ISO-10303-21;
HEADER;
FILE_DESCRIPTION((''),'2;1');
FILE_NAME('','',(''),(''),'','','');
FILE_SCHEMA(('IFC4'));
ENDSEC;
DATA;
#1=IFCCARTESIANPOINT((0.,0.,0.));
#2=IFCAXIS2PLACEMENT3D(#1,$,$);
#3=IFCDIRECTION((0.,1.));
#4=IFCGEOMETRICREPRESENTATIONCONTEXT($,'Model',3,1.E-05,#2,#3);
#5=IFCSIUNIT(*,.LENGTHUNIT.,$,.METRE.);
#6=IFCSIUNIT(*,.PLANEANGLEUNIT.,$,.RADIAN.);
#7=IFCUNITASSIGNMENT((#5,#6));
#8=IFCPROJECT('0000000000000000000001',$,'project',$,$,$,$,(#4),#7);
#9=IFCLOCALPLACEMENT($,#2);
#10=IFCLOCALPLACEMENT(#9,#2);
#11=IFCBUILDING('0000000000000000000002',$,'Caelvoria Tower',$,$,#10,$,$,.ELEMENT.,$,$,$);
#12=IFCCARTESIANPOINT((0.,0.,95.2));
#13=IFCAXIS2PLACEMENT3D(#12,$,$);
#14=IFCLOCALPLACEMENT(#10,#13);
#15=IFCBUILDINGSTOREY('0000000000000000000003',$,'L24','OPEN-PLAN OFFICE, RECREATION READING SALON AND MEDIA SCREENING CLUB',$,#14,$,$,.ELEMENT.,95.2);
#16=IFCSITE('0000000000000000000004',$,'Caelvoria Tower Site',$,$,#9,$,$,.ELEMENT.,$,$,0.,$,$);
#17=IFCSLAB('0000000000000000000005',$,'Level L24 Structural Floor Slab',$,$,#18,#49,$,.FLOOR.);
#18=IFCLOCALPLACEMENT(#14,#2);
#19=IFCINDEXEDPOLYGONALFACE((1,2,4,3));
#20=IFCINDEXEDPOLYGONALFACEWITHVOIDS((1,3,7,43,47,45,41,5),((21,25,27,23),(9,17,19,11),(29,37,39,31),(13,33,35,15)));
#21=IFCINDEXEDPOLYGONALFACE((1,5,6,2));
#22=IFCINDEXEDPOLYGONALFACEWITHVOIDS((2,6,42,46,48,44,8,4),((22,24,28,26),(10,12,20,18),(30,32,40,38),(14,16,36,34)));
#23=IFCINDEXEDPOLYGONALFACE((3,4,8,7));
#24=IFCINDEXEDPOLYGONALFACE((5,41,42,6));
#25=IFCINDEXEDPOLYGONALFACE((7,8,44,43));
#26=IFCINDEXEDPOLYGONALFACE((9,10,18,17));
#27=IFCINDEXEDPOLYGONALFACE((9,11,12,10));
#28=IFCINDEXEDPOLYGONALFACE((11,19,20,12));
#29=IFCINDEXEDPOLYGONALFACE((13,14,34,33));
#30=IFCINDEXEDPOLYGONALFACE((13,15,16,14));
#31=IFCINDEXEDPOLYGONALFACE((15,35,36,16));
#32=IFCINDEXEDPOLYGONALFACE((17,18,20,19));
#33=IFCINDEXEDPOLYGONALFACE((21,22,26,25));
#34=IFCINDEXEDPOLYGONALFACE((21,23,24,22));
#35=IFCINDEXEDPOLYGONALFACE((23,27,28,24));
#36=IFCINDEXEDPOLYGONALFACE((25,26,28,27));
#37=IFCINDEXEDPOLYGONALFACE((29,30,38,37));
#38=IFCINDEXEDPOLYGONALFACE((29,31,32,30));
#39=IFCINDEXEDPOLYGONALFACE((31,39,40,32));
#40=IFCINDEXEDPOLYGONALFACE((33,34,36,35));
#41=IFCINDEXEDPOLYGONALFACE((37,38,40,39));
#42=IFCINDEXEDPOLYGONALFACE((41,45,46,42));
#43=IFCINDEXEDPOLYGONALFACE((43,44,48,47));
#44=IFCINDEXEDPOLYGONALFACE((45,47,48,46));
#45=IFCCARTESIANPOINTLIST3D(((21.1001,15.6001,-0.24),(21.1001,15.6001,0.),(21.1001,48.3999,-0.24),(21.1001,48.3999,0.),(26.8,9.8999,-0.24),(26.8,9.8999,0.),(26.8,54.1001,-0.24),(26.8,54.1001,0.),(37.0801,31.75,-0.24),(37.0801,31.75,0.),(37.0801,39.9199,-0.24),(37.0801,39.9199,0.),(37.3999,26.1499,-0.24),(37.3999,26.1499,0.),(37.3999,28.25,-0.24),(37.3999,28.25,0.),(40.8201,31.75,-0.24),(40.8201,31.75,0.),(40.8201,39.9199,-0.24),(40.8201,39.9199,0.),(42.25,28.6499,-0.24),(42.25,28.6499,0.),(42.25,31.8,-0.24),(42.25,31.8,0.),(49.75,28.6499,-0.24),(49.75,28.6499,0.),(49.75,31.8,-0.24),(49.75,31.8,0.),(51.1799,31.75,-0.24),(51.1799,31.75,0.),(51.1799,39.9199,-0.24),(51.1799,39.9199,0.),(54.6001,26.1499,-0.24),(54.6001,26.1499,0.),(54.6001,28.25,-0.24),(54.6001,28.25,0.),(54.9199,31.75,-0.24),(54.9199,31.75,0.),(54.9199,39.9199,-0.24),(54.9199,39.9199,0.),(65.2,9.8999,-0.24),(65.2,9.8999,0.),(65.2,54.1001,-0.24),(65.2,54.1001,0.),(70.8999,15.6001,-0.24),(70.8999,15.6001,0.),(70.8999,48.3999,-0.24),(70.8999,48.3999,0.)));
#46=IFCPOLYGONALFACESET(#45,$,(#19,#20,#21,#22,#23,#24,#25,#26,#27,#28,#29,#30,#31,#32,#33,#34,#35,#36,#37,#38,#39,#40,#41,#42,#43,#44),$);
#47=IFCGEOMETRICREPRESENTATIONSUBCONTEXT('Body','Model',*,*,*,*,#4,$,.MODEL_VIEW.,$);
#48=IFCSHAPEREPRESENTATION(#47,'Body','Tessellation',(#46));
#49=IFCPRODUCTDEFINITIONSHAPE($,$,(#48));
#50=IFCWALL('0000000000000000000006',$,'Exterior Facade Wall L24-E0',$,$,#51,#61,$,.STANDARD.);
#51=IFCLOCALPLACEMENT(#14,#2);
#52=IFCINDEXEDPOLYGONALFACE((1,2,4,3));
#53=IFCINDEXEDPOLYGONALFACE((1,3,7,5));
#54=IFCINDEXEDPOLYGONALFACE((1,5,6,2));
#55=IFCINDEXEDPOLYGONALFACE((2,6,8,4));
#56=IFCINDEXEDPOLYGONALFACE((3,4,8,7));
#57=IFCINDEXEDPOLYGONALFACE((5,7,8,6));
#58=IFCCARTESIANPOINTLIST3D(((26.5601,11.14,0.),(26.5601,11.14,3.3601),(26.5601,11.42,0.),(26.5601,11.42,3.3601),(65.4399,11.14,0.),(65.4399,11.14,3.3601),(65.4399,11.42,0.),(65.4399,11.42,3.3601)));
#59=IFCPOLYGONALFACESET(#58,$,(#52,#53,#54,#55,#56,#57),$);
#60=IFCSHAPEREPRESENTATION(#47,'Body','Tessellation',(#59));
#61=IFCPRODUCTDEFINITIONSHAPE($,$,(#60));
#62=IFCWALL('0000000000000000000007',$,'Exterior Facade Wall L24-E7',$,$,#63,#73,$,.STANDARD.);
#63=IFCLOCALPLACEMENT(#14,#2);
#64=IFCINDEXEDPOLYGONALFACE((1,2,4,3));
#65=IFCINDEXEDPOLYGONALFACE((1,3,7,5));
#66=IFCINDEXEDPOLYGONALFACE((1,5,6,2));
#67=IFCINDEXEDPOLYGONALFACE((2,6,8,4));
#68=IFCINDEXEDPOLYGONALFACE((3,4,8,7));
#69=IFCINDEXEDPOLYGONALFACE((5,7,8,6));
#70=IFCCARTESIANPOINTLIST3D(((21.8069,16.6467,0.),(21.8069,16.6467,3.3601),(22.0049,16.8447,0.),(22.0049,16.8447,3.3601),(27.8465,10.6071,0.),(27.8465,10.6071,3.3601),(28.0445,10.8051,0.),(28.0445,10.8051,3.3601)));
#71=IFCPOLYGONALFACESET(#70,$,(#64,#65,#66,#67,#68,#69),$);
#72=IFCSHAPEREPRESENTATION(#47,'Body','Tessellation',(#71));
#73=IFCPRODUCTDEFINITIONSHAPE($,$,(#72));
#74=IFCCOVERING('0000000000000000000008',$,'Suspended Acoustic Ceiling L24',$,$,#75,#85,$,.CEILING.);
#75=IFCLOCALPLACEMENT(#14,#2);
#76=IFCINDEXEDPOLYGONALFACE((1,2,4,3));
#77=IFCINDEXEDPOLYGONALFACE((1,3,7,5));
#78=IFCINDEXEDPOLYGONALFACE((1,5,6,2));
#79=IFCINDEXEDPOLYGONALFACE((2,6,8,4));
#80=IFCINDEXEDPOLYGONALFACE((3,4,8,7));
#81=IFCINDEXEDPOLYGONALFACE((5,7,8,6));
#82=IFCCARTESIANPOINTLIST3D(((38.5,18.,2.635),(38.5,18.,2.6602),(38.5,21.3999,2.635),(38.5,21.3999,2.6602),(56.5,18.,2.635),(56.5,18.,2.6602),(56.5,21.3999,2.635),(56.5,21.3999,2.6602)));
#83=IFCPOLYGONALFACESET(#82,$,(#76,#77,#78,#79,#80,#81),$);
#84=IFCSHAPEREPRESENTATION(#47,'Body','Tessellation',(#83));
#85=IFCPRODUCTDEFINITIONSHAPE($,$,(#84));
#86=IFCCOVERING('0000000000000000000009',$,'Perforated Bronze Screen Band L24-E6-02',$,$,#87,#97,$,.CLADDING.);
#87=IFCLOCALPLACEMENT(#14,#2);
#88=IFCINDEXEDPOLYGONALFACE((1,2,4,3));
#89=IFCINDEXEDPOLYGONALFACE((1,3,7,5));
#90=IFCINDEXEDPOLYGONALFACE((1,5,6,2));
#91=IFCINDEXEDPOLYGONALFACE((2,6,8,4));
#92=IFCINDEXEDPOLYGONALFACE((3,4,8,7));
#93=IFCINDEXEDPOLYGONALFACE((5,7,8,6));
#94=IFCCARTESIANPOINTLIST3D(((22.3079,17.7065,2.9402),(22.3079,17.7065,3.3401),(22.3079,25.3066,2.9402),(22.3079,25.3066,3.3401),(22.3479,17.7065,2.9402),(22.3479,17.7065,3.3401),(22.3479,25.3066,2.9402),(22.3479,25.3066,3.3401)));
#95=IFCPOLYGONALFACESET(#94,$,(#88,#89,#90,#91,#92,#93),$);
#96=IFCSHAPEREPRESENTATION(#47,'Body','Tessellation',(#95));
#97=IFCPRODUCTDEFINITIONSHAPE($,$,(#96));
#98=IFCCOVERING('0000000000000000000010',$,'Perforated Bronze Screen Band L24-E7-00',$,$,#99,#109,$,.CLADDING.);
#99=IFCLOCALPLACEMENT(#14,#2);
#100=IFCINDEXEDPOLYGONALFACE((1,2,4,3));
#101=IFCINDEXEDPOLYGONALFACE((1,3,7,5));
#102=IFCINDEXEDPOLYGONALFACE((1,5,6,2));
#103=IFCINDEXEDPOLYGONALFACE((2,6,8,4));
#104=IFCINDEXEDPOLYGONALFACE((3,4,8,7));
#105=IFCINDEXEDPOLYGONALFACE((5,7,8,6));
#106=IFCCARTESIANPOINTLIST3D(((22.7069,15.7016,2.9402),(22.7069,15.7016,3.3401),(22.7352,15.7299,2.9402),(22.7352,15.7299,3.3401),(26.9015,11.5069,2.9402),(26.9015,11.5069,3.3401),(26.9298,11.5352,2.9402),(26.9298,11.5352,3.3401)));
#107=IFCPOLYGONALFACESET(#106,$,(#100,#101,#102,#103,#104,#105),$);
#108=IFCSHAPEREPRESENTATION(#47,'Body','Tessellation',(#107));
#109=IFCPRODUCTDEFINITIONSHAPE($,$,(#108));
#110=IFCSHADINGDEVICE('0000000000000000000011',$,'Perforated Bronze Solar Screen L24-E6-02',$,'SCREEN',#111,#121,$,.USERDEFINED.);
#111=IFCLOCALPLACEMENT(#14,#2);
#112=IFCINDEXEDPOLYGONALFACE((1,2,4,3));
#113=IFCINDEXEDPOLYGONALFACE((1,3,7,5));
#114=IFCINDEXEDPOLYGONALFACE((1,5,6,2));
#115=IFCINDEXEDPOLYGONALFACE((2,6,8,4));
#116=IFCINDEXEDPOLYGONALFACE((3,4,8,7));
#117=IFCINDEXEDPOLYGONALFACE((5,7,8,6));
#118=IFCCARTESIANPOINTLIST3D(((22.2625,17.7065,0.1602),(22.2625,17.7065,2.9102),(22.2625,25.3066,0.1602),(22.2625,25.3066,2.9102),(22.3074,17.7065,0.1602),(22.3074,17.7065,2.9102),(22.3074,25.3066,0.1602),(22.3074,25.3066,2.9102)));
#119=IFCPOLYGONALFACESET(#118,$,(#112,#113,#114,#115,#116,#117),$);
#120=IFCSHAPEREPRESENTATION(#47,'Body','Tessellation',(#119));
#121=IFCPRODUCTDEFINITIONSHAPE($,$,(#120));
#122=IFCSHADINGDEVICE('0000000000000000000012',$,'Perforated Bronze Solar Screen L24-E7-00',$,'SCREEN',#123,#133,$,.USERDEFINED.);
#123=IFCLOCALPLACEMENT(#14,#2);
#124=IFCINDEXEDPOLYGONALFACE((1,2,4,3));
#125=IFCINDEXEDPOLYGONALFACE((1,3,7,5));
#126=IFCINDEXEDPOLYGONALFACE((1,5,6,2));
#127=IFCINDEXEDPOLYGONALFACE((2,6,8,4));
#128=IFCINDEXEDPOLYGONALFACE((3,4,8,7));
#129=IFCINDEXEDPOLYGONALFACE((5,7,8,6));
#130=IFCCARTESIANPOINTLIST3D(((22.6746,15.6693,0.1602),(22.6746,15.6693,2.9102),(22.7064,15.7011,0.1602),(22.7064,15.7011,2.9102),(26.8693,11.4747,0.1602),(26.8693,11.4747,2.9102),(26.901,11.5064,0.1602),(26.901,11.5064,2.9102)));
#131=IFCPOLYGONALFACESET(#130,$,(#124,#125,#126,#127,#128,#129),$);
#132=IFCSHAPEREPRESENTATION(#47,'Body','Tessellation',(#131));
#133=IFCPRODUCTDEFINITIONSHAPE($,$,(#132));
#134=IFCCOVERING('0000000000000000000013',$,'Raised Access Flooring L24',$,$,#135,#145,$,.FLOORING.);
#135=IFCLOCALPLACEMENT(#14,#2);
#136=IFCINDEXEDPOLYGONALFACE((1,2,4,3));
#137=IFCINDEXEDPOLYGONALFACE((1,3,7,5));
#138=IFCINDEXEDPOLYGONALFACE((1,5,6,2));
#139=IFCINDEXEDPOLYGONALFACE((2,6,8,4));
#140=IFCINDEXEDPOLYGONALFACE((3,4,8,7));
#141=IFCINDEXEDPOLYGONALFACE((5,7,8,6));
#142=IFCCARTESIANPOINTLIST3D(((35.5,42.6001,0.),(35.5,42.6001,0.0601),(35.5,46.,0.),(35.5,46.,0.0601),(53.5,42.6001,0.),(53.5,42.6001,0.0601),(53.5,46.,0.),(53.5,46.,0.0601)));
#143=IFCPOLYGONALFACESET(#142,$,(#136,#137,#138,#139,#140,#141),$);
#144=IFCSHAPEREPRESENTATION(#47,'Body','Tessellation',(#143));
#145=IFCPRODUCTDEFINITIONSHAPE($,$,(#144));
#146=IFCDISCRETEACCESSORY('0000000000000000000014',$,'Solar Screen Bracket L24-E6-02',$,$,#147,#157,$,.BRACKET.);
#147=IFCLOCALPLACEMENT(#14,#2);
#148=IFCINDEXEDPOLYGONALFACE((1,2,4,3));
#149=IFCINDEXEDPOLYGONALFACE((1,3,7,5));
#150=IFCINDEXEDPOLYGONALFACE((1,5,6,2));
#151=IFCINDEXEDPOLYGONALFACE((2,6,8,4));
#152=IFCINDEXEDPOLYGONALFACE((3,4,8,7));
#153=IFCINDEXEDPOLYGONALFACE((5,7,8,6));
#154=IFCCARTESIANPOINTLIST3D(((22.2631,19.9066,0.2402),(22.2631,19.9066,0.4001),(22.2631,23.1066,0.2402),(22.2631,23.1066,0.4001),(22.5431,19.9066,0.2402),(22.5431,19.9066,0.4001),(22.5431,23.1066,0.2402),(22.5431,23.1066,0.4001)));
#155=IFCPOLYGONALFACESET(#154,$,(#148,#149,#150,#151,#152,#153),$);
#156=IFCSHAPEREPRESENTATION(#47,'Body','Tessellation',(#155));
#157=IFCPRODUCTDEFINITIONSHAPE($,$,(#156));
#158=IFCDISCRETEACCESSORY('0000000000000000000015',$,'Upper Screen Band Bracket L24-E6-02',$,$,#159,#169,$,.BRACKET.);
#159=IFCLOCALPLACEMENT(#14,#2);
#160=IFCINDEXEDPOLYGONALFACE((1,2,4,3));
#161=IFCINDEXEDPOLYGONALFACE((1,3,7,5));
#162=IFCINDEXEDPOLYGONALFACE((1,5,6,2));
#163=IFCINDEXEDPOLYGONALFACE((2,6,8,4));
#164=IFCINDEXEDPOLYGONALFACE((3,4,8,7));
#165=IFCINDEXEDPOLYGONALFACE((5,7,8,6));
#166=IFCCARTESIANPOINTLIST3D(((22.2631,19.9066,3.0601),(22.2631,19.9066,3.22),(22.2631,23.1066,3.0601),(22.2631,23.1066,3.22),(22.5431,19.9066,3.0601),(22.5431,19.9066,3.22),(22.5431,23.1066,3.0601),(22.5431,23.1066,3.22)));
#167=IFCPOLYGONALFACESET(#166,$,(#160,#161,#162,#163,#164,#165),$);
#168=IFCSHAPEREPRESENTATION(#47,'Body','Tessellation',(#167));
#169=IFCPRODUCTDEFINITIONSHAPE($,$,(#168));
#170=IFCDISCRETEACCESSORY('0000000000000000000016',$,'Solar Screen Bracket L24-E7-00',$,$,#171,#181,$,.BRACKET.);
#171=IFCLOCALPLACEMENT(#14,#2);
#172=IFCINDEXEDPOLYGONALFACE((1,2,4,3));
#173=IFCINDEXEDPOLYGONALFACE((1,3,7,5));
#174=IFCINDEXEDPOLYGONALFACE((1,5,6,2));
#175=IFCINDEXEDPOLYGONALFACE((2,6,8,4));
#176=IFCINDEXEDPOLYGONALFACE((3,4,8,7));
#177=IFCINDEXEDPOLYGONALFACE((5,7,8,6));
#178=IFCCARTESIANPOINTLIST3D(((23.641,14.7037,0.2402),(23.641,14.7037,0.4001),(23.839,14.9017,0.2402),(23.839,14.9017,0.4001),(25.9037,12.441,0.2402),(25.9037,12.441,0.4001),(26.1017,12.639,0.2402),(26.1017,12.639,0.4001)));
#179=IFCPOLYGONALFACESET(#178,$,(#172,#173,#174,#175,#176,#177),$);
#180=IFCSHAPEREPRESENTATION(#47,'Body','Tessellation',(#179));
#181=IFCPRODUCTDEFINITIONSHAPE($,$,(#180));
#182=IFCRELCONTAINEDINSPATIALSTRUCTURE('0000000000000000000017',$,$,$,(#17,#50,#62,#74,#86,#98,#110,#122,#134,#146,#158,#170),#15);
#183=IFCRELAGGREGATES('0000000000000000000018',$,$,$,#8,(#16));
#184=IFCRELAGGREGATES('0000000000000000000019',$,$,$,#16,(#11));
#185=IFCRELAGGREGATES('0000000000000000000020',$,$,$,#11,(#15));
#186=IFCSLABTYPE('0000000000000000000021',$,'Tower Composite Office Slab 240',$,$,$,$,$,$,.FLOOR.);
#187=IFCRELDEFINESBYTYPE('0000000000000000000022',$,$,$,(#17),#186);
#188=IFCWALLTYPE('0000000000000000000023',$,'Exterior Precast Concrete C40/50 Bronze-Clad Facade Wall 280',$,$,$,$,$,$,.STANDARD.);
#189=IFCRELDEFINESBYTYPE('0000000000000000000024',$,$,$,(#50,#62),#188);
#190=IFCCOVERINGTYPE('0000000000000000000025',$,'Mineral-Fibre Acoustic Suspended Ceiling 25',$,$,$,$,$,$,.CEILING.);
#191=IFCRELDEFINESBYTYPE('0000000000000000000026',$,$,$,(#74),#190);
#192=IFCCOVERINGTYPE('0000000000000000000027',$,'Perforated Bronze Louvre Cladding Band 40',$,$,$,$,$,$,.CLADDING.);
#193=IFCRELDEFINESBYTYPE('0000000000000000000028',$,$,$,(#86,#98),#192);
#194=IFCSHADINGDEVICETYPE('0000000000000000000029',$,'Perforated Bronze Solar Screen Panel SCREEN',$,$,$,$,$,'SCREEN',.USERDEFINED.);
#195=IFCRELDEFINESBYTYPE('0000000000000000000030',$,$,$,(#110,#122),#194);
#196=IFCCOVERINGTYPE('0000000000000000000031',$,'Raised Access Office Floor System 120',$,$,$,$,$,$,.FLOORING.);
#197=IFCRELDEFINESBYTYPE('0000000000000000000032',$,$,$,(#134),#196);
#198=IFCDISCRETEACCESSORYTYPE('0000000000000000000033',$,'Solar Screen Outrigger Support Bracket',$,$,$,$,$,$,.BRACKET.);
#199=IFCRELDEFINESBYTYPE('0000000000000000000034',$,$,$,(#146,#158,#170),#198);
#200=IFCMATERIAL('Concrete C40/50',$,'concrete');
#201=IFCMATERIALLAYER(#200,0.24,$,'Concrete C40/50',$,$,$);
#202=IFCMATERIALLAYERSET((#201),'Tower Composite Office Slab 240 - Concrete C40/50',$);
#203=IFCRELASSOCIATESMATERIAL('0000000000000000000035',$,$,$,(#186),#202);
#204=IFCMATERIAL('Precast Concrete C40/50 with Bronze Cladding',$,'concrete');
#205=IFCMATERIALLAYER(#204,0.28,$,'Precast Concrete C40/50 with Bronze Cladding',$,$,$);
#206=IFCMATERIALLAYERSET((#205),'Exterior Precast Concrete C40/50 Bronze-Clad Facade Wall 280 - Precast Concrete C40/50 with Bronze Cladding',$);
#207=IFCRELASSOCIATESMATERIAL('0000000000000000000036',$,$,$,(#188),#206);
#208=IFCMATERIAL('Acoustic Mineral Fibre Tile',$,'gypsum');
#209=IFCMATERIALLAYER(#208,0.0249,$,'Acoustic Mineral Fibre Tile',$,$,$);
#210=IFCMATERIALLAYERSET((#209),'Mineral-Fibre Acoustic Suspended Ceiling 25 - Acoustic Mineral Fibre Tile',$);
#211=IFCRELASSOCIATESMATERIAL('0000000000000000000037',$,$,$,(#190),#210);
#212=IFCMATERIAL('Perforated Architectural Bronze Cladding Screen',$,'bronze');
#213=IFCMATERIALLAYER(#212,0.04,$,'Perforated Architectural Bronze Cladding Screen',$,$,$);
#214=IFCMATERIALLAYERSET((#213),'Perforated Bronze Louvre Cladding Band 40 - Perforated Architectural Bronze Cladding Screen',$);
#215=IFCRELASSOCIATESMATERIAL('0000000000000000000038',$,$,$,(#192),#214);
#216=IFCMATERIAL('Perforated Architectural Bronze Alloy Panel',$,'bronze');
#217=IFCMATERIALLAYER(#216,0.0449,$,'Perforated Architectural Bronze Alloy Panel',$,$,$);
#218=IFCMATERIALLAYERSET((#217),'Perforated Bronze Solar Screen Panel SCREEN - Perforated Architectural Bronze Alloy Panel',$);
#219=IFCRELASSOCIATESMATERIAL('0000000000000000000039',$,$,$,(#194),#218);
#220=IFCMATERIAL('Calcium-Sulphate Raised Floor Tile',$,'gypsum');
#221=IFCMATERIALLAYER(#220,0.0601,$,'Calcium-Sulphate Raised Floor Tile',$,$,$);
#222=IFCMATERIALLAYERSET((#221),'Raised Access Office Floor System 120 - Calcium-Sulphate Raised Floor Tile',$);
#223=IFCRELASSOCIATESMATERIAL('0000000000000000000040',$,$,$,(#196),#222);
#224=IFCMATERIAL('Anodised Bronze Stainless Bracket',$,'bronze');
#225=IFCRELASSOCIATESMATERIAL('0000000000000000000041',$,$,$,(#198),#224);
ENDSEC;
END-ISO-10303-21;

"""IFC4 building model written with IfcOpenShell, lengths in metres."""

from ifc_helpers import new_model, si_unit, direction, frame, frame_2d, origin, origin_2d, place, context, subcontext, project, spatial, polyline, rectangle, outline, extrude, material, layer, layer_set, type_object, element, save


model = new_model("IFC4")

# Units and contexts
model_context = context("Model", 3, precision=1e-05, world=origin(), true_north=direction((0.0, 1.0)))
body_context = subcontext(model_context, "Body", "Model", "MODEL_VIEW")
ifc_project = project(units=[si_unit("LENGTHUNIT", "METRE"), si_unit("PLANEANGLEUNIT", "RADIAN")], contexts=[model_context])

# Site, building, storey
site_placement = place(None, origin())
site = spatial("IfcSite", under=ifc_project, at=site_placement, Name="Caelvoria Tower Site", CompositionType="ELEMENT", RefElevation=0.0)
building_placement = place(site_placement, origin())
building = spatial("IfcBuilding", under=site, at=building_placement, Name="Caelvoria Tower", CompositionType="ELEMENT")
storey_placement = place(building_placement, frame((0.0, 0.0, 95.2)))
storey = spatial("IfcBuildingStorey", under=building, at=storey_placement, Name="L24", Description="OPEN-PLAN OFFICE, RECREATION READING SALON AND MEDIA SCREENING CLUB", CompositionType="ELEMENT", Elevation=95.2)

# Shared definitions
ifc_material_1 = material(Name="Concrete C40/50", Category="concrete")

# Slab
ifc_layer_1 = layer(ifc_material_1, 0.24, Name="Concrete C40/50")
ifc_layer_set_1 = layer_set([ifc_layer_1], Name="Tower Composite Office Slab 240 - Concrete C40/50")
slab_type_1 = type_object("IfcSlabType", Name="Tower Composite Office Slab 240", PredefinedType="FLOOR", material=ifc_layer_set_1)
slab_1_placement = place(storey_placement, frame((0.0, 0.0, -0.24)))
element("IfcSlab", 1, at=slab_1_placement, inside=storey, type_object=slab_type_1, Name="Level L24 Structural Floor Slab", PredefinedType="FLOOR", context=body_context, shape_type="SweptSolid", body=[
    extrude(outline(polyline([(26.8, 9.8999), (65.2, 9.8999), (70.8999, 15.6001), (70.8999, 48.3999), (65.2, 54.1001), (26.8, 54.1001), (21.1001, 48.3999), (21.1001, 15.6001), (26.8, 9.8999)]), holes=[polyline([(37.0801, 31.75), (40.8201, 31.75), (40.8201, 39.9199), (37.0801, 39.9199), (37.0801, 31.75)]), polyline([(51.1799, 31.75), (54.9199, 31.75), (54.9199, 39.9199), (51.1799, 39.9199), (51.1799, 31.75)]), polyline([(42.25, 28.6499), (49.75, 28.6499), (49.75, 31.8), (42.25, 31.8), (42.25, 28.6499)]), polyline([(37.3999, 26.1499), (54.6001, 26.1499), (54.6001, 28.25), (37.3999, 28.25), (37.3999, 26.1499)])]), origin(), (0.0, 0.0, 1.0), 0.24),
])

# Walls
ifc_material_2 = material(Name="Precast Concrete C40/50 with Bronze Cladding", Category="concrete")
ifc_layer_2 = layer(ifc_material_2, 0.28, Name="Precast Concrete C40/50 with Bronze Cladding")
ifc_layer_set_2 = layer_set([ifc_layer_2], Name="Exterior Precast Concrete C40/50 Bronze-Clad Facade Wall 280 - Precast Concrete C40/50 with Bronze Cladding")
wall_type = type_object("IfcWallType", Name="Exterior Precast Concrete C40/50 Bronze-Clad Facade Wall 280", PredefinedType="STANDARD", material=ifc_layer_set_2)
wall_1_placement = place(storey_placement, frame((26.5601, 11.28, 0.0), z_axis=(0.0, 0.0, 1.0), x_axis=(1.0, 0.0, 0.0)))
element("IfcWall", 2, at=wall_1_placement, inside=storey, type_object=wall_type, Name="Exterior Facade Wall L24-E0", PredefinedType="STANDARD", context=body_context, shape_type="SweptSolid", body=[
    extrude(rectangle(XDim=38.8799, YDim=0.28, at=frame_2d((19.4399, 0.0))), origin(), (0.0, 0.0, 1.0), 3.3601),
])
wall_2_placement = place(storey_placement, frame((21.906, 16.7456, 0.0), z_axis=(0.0, 0.0, 1.0), x_axis=(0.707107, -0.707107, 0.0)))
element("IfcWall", 3, at=wall_2_placement, inside=storey, type_object=wall_type, Name="Exterior Facade Wall L24-E7", PredefinedType="STANDARD", context=body_context, shape_type="SweptSolid", body=[
    extrude(rectangle(XDim=8.5413, YDim=0.28, at=frame_2d((4.2705, 0.0))), origin(), (0.0, 0.0, 1.0), 3.3601),
])

# Coverings
ifc_material_3 = material(Name="Acoustic Mineral Fibre Tile", Category="gypsum")
ifc_layer_3 = layer(ifc_material_3, 0.0249, Name="Acoustic Mineral Fibre Tile")
ifc_layer_set_3 = layer_set([ifc_layer_3], Name="Mineral-Fibre Acoustic Suspended Ceiling 25 - Acoustic Mineral Fibre Tile")
covering_type_1 = type_object("IfcCoveringType", Name="Mineral-Fibre Acoustic Suspended Ceiling 25", PredefinedType="CEILING", material=ifc_layer_set_3)
covering_1_placement = place(storey_placement, frame((0.0, 0.0, 2.635)))
element("IfcCovering", 4, at=covering_1_placement, inside=storey, type_object=covering_type_1, Name="Suspended Acoustic Ceiling L24", PredefinedType="CEILING", context=body_context, shape_type="SweptSolid", body=[
    extrude(outline(polyline([(38.5, 18.0), (56.5, 18.0), (56.5, 21.3999), (38.5, 21.3999), (38.5, 18.0)])), origin(), (0.0, 0.0, 1.0), 0.0251),
])
ifc_material_4 = material(Name="Perforated Architectural Bronze Cladding Screen", Category="bronze")
ifc_layer_4 = layer(ifc_material_4, 0.04, Name="Perforated Architectural Bronze Cladding Screen")
ifc_layer_set_4 = layer_set([ifc_layer_4], Name="Perforated Bronze Louvre Cladding Band 40 - Perforated Architectural Bronze Cladding Screen")
covering_type_2 = type_object("IfcCoveringType", Name="Perforated Bronze Louvre Cladding Band 40", PredefinedType="CLADDING", material=ifc_layer_set_4)
covering_2_placement = place(storey_placement, frame((22.3279, 21.5066, 2.9402), z_axis=(0.0, 0.0, 1.0), x_axis=(0.0, -1.0, 0.0)))
element("IfcCovering", 5, at=covering_2_placement, inside=storey, type_object=covering_type_2, Name="Perforated Bronze Screen Band L24-E6-02", PredefinedType="CLADDING", context=body_context, shape_type="SweptSolid", body=[
    extrude(rectangle(XDim=7.6001, YDim=0.04, at=origin_2d()), origin(), (0.0, 0.0, 1.0), 0.3999),
])
covering_3_placement = place(storey_placement, frame((24.8184, 13.6184, 2.9402), z_axis=(0.0, 0.0, 1.0), x_axis=(0.707107, -0.707107, 0.0)))
element("IfcCovering", 6, at=covering_3_placement, inside=storey, type_object=covering_type_2, Name="Perforated Bronze Screen Band L24-E7-00", PredefinedType="CLADDING", context=body_context, shape_type="SweptSolid", body=[
    extrude(rectangle(XDim=5.9321, YDim=0.04, at=origin_2d()), origin(), (0.0, 0.0, 1.0), 0.3999),
])

# Shading devices
ifc_material_5 = material(Name="Perforated Architectural Bronze Alloy Panel", Category="bronze")
ifc_layer_5 = layer(ifc_material_5, 0.0449, Name="Perforated Architectural Bronze Alloy Panel")
ifc_layer_set_5 = layer_set([ifc_layer_5], Name="Perforated Bronze Solar Screen Panel SCREEN - Perforated Architectural Bronze Alloy Panel")
shading_device_type = type_object("IfcShadingDeviceType", Name="Perforated Bronze Solar Screen Panel SCREEN", ElementType="SCREEN", PredefinedType="USERDEFINED", material=ifc_layer_set_5)
shading_device_1_placement = place(storey_placement, frame((22.2849, 21.5066, 0.1602), z_axis=(0.0, 0.0, 1.0), x_axis=(0.0, -1.0, 0.0)))
element("IfcShadingDevice", 7, at=shading_device_1_placement, inside=storey, type_object=shading_device_type, Name="Perforated Bronze Solar Screen L24-E6-02", ObjectType="SCREEN", PredefinedType="USERDEFINED", context=body_context, shape_type="SweptSolid", body=[
    extrude(rectangle(XDim=7.6001, YDim=0.0449, at=origin_2d()), origin(), (0.0, 0.0, 1.0), 2.75),
])
shading_device_2_placement = place(storey_placement, frame((24.7878, 13.5879, 0.1602), z_axis=(0.0, 0.0, 1.0), x_axis=(0.707107, -0.707107, 0.0)))
element("IfcShadingDevice", 8, at=shading_device_2_placement, inside=storey, type_object=shading_device_type, Name="Perforated Bronze Solar Screen L24-E7-00", ObjectType="SCREEN", PredefinedType="USERDEFINED", context=body_context, shape_type="SweptSolid", body=[
    extrude(rectangle(XDim=5.9321, YDim=0.0449, at=origin_2d()), origin(), (0.0, 0.0, 1.0), 2.75),
])

# Covering
ifc_material_6 = material(Name="Calcium-Sulphate Raised Floor Tile", Category="gypsum")
ifc_layer_6 = layer(ifc_material_6, 0.0601, Name="Calcium-Sulphate Raised Floor Tile")
ifc_layer_set_6 = layer_set([ifc_layer_6], Name="Raised Access Office Floor System 120 - Calcium-Sulphate Raised Floor Tile")
covering_type_3 = type_object("IfcCoveringType", Name="Raised Access Office Floor System 120", PredefinedType="FLOORING", material=ifc_layer_set_6)
covering_4_placement = place(storey_placement, origin())
element("IfcCovering", 9, at=covering_4_placement, inside=storey, type_object=covering_type_3, Name="Raised Access Flooring L24", PredefinedType="FLOORING", context=body_context, shape_type="SweptSolid", body=[
    extrude(outline(polyline([(35.5, 42.6001), (53.5, 42.6001), (53.5, 46.0), (35.5, 46.0), (35.5, 42.6001)])), origin(), (0.0, 0.0, 1.0), 0.0601),
])

# Discrete accessories
ifc_material_7 = material(Name="Anodised Bronze Stainless Bracket", Category="bronze")
discrete_accessory_type = type_object("IfcDiscreteAccessoryType", Name="Solar Screen Outrigger Support Bracket", PredefinedType="BRACKET", material=ifc_material_7)
for number, where, z_axis, x_axis, name in (
    (10, (22.4031, 21.5066, 0.2402), (0.0, 0.0, 1.0), (0.0, -1.0, 0.0), "Solar Screen Bracket L24-E6-02"),
    (11, (22.4031, 21.5066, 3.0601), (0.0, 0.0, 1.0), (0.0, -1.0, 0.0), "Upper Screen Band Bracket L24-E6-02"),
    (12, (24.8713, 13.6714, 0.2402), (0.0, 0.0, 1.0), (0.707107, -0.707107, 0.0), "Solar Screen Bracket L24-E7-00"),
):
    element("IfcDiscreteAccessory", number, at=place(storey_placement, frame(where, z_axis=z_axis, x_axis=x_axis)), inside=storey, type_object=discrete_accessory_type, Name=name, PredefinedType="BRACKET", context=body_context, shape_type="SweptSolid", body=[
        extrude(rectangle(XDim=3.2, YDim=0.28, at=origin_2d()), origin(), (0.0, 0.0, 1.0), 0.1599),
    ])

save(model, "model.ifc")
